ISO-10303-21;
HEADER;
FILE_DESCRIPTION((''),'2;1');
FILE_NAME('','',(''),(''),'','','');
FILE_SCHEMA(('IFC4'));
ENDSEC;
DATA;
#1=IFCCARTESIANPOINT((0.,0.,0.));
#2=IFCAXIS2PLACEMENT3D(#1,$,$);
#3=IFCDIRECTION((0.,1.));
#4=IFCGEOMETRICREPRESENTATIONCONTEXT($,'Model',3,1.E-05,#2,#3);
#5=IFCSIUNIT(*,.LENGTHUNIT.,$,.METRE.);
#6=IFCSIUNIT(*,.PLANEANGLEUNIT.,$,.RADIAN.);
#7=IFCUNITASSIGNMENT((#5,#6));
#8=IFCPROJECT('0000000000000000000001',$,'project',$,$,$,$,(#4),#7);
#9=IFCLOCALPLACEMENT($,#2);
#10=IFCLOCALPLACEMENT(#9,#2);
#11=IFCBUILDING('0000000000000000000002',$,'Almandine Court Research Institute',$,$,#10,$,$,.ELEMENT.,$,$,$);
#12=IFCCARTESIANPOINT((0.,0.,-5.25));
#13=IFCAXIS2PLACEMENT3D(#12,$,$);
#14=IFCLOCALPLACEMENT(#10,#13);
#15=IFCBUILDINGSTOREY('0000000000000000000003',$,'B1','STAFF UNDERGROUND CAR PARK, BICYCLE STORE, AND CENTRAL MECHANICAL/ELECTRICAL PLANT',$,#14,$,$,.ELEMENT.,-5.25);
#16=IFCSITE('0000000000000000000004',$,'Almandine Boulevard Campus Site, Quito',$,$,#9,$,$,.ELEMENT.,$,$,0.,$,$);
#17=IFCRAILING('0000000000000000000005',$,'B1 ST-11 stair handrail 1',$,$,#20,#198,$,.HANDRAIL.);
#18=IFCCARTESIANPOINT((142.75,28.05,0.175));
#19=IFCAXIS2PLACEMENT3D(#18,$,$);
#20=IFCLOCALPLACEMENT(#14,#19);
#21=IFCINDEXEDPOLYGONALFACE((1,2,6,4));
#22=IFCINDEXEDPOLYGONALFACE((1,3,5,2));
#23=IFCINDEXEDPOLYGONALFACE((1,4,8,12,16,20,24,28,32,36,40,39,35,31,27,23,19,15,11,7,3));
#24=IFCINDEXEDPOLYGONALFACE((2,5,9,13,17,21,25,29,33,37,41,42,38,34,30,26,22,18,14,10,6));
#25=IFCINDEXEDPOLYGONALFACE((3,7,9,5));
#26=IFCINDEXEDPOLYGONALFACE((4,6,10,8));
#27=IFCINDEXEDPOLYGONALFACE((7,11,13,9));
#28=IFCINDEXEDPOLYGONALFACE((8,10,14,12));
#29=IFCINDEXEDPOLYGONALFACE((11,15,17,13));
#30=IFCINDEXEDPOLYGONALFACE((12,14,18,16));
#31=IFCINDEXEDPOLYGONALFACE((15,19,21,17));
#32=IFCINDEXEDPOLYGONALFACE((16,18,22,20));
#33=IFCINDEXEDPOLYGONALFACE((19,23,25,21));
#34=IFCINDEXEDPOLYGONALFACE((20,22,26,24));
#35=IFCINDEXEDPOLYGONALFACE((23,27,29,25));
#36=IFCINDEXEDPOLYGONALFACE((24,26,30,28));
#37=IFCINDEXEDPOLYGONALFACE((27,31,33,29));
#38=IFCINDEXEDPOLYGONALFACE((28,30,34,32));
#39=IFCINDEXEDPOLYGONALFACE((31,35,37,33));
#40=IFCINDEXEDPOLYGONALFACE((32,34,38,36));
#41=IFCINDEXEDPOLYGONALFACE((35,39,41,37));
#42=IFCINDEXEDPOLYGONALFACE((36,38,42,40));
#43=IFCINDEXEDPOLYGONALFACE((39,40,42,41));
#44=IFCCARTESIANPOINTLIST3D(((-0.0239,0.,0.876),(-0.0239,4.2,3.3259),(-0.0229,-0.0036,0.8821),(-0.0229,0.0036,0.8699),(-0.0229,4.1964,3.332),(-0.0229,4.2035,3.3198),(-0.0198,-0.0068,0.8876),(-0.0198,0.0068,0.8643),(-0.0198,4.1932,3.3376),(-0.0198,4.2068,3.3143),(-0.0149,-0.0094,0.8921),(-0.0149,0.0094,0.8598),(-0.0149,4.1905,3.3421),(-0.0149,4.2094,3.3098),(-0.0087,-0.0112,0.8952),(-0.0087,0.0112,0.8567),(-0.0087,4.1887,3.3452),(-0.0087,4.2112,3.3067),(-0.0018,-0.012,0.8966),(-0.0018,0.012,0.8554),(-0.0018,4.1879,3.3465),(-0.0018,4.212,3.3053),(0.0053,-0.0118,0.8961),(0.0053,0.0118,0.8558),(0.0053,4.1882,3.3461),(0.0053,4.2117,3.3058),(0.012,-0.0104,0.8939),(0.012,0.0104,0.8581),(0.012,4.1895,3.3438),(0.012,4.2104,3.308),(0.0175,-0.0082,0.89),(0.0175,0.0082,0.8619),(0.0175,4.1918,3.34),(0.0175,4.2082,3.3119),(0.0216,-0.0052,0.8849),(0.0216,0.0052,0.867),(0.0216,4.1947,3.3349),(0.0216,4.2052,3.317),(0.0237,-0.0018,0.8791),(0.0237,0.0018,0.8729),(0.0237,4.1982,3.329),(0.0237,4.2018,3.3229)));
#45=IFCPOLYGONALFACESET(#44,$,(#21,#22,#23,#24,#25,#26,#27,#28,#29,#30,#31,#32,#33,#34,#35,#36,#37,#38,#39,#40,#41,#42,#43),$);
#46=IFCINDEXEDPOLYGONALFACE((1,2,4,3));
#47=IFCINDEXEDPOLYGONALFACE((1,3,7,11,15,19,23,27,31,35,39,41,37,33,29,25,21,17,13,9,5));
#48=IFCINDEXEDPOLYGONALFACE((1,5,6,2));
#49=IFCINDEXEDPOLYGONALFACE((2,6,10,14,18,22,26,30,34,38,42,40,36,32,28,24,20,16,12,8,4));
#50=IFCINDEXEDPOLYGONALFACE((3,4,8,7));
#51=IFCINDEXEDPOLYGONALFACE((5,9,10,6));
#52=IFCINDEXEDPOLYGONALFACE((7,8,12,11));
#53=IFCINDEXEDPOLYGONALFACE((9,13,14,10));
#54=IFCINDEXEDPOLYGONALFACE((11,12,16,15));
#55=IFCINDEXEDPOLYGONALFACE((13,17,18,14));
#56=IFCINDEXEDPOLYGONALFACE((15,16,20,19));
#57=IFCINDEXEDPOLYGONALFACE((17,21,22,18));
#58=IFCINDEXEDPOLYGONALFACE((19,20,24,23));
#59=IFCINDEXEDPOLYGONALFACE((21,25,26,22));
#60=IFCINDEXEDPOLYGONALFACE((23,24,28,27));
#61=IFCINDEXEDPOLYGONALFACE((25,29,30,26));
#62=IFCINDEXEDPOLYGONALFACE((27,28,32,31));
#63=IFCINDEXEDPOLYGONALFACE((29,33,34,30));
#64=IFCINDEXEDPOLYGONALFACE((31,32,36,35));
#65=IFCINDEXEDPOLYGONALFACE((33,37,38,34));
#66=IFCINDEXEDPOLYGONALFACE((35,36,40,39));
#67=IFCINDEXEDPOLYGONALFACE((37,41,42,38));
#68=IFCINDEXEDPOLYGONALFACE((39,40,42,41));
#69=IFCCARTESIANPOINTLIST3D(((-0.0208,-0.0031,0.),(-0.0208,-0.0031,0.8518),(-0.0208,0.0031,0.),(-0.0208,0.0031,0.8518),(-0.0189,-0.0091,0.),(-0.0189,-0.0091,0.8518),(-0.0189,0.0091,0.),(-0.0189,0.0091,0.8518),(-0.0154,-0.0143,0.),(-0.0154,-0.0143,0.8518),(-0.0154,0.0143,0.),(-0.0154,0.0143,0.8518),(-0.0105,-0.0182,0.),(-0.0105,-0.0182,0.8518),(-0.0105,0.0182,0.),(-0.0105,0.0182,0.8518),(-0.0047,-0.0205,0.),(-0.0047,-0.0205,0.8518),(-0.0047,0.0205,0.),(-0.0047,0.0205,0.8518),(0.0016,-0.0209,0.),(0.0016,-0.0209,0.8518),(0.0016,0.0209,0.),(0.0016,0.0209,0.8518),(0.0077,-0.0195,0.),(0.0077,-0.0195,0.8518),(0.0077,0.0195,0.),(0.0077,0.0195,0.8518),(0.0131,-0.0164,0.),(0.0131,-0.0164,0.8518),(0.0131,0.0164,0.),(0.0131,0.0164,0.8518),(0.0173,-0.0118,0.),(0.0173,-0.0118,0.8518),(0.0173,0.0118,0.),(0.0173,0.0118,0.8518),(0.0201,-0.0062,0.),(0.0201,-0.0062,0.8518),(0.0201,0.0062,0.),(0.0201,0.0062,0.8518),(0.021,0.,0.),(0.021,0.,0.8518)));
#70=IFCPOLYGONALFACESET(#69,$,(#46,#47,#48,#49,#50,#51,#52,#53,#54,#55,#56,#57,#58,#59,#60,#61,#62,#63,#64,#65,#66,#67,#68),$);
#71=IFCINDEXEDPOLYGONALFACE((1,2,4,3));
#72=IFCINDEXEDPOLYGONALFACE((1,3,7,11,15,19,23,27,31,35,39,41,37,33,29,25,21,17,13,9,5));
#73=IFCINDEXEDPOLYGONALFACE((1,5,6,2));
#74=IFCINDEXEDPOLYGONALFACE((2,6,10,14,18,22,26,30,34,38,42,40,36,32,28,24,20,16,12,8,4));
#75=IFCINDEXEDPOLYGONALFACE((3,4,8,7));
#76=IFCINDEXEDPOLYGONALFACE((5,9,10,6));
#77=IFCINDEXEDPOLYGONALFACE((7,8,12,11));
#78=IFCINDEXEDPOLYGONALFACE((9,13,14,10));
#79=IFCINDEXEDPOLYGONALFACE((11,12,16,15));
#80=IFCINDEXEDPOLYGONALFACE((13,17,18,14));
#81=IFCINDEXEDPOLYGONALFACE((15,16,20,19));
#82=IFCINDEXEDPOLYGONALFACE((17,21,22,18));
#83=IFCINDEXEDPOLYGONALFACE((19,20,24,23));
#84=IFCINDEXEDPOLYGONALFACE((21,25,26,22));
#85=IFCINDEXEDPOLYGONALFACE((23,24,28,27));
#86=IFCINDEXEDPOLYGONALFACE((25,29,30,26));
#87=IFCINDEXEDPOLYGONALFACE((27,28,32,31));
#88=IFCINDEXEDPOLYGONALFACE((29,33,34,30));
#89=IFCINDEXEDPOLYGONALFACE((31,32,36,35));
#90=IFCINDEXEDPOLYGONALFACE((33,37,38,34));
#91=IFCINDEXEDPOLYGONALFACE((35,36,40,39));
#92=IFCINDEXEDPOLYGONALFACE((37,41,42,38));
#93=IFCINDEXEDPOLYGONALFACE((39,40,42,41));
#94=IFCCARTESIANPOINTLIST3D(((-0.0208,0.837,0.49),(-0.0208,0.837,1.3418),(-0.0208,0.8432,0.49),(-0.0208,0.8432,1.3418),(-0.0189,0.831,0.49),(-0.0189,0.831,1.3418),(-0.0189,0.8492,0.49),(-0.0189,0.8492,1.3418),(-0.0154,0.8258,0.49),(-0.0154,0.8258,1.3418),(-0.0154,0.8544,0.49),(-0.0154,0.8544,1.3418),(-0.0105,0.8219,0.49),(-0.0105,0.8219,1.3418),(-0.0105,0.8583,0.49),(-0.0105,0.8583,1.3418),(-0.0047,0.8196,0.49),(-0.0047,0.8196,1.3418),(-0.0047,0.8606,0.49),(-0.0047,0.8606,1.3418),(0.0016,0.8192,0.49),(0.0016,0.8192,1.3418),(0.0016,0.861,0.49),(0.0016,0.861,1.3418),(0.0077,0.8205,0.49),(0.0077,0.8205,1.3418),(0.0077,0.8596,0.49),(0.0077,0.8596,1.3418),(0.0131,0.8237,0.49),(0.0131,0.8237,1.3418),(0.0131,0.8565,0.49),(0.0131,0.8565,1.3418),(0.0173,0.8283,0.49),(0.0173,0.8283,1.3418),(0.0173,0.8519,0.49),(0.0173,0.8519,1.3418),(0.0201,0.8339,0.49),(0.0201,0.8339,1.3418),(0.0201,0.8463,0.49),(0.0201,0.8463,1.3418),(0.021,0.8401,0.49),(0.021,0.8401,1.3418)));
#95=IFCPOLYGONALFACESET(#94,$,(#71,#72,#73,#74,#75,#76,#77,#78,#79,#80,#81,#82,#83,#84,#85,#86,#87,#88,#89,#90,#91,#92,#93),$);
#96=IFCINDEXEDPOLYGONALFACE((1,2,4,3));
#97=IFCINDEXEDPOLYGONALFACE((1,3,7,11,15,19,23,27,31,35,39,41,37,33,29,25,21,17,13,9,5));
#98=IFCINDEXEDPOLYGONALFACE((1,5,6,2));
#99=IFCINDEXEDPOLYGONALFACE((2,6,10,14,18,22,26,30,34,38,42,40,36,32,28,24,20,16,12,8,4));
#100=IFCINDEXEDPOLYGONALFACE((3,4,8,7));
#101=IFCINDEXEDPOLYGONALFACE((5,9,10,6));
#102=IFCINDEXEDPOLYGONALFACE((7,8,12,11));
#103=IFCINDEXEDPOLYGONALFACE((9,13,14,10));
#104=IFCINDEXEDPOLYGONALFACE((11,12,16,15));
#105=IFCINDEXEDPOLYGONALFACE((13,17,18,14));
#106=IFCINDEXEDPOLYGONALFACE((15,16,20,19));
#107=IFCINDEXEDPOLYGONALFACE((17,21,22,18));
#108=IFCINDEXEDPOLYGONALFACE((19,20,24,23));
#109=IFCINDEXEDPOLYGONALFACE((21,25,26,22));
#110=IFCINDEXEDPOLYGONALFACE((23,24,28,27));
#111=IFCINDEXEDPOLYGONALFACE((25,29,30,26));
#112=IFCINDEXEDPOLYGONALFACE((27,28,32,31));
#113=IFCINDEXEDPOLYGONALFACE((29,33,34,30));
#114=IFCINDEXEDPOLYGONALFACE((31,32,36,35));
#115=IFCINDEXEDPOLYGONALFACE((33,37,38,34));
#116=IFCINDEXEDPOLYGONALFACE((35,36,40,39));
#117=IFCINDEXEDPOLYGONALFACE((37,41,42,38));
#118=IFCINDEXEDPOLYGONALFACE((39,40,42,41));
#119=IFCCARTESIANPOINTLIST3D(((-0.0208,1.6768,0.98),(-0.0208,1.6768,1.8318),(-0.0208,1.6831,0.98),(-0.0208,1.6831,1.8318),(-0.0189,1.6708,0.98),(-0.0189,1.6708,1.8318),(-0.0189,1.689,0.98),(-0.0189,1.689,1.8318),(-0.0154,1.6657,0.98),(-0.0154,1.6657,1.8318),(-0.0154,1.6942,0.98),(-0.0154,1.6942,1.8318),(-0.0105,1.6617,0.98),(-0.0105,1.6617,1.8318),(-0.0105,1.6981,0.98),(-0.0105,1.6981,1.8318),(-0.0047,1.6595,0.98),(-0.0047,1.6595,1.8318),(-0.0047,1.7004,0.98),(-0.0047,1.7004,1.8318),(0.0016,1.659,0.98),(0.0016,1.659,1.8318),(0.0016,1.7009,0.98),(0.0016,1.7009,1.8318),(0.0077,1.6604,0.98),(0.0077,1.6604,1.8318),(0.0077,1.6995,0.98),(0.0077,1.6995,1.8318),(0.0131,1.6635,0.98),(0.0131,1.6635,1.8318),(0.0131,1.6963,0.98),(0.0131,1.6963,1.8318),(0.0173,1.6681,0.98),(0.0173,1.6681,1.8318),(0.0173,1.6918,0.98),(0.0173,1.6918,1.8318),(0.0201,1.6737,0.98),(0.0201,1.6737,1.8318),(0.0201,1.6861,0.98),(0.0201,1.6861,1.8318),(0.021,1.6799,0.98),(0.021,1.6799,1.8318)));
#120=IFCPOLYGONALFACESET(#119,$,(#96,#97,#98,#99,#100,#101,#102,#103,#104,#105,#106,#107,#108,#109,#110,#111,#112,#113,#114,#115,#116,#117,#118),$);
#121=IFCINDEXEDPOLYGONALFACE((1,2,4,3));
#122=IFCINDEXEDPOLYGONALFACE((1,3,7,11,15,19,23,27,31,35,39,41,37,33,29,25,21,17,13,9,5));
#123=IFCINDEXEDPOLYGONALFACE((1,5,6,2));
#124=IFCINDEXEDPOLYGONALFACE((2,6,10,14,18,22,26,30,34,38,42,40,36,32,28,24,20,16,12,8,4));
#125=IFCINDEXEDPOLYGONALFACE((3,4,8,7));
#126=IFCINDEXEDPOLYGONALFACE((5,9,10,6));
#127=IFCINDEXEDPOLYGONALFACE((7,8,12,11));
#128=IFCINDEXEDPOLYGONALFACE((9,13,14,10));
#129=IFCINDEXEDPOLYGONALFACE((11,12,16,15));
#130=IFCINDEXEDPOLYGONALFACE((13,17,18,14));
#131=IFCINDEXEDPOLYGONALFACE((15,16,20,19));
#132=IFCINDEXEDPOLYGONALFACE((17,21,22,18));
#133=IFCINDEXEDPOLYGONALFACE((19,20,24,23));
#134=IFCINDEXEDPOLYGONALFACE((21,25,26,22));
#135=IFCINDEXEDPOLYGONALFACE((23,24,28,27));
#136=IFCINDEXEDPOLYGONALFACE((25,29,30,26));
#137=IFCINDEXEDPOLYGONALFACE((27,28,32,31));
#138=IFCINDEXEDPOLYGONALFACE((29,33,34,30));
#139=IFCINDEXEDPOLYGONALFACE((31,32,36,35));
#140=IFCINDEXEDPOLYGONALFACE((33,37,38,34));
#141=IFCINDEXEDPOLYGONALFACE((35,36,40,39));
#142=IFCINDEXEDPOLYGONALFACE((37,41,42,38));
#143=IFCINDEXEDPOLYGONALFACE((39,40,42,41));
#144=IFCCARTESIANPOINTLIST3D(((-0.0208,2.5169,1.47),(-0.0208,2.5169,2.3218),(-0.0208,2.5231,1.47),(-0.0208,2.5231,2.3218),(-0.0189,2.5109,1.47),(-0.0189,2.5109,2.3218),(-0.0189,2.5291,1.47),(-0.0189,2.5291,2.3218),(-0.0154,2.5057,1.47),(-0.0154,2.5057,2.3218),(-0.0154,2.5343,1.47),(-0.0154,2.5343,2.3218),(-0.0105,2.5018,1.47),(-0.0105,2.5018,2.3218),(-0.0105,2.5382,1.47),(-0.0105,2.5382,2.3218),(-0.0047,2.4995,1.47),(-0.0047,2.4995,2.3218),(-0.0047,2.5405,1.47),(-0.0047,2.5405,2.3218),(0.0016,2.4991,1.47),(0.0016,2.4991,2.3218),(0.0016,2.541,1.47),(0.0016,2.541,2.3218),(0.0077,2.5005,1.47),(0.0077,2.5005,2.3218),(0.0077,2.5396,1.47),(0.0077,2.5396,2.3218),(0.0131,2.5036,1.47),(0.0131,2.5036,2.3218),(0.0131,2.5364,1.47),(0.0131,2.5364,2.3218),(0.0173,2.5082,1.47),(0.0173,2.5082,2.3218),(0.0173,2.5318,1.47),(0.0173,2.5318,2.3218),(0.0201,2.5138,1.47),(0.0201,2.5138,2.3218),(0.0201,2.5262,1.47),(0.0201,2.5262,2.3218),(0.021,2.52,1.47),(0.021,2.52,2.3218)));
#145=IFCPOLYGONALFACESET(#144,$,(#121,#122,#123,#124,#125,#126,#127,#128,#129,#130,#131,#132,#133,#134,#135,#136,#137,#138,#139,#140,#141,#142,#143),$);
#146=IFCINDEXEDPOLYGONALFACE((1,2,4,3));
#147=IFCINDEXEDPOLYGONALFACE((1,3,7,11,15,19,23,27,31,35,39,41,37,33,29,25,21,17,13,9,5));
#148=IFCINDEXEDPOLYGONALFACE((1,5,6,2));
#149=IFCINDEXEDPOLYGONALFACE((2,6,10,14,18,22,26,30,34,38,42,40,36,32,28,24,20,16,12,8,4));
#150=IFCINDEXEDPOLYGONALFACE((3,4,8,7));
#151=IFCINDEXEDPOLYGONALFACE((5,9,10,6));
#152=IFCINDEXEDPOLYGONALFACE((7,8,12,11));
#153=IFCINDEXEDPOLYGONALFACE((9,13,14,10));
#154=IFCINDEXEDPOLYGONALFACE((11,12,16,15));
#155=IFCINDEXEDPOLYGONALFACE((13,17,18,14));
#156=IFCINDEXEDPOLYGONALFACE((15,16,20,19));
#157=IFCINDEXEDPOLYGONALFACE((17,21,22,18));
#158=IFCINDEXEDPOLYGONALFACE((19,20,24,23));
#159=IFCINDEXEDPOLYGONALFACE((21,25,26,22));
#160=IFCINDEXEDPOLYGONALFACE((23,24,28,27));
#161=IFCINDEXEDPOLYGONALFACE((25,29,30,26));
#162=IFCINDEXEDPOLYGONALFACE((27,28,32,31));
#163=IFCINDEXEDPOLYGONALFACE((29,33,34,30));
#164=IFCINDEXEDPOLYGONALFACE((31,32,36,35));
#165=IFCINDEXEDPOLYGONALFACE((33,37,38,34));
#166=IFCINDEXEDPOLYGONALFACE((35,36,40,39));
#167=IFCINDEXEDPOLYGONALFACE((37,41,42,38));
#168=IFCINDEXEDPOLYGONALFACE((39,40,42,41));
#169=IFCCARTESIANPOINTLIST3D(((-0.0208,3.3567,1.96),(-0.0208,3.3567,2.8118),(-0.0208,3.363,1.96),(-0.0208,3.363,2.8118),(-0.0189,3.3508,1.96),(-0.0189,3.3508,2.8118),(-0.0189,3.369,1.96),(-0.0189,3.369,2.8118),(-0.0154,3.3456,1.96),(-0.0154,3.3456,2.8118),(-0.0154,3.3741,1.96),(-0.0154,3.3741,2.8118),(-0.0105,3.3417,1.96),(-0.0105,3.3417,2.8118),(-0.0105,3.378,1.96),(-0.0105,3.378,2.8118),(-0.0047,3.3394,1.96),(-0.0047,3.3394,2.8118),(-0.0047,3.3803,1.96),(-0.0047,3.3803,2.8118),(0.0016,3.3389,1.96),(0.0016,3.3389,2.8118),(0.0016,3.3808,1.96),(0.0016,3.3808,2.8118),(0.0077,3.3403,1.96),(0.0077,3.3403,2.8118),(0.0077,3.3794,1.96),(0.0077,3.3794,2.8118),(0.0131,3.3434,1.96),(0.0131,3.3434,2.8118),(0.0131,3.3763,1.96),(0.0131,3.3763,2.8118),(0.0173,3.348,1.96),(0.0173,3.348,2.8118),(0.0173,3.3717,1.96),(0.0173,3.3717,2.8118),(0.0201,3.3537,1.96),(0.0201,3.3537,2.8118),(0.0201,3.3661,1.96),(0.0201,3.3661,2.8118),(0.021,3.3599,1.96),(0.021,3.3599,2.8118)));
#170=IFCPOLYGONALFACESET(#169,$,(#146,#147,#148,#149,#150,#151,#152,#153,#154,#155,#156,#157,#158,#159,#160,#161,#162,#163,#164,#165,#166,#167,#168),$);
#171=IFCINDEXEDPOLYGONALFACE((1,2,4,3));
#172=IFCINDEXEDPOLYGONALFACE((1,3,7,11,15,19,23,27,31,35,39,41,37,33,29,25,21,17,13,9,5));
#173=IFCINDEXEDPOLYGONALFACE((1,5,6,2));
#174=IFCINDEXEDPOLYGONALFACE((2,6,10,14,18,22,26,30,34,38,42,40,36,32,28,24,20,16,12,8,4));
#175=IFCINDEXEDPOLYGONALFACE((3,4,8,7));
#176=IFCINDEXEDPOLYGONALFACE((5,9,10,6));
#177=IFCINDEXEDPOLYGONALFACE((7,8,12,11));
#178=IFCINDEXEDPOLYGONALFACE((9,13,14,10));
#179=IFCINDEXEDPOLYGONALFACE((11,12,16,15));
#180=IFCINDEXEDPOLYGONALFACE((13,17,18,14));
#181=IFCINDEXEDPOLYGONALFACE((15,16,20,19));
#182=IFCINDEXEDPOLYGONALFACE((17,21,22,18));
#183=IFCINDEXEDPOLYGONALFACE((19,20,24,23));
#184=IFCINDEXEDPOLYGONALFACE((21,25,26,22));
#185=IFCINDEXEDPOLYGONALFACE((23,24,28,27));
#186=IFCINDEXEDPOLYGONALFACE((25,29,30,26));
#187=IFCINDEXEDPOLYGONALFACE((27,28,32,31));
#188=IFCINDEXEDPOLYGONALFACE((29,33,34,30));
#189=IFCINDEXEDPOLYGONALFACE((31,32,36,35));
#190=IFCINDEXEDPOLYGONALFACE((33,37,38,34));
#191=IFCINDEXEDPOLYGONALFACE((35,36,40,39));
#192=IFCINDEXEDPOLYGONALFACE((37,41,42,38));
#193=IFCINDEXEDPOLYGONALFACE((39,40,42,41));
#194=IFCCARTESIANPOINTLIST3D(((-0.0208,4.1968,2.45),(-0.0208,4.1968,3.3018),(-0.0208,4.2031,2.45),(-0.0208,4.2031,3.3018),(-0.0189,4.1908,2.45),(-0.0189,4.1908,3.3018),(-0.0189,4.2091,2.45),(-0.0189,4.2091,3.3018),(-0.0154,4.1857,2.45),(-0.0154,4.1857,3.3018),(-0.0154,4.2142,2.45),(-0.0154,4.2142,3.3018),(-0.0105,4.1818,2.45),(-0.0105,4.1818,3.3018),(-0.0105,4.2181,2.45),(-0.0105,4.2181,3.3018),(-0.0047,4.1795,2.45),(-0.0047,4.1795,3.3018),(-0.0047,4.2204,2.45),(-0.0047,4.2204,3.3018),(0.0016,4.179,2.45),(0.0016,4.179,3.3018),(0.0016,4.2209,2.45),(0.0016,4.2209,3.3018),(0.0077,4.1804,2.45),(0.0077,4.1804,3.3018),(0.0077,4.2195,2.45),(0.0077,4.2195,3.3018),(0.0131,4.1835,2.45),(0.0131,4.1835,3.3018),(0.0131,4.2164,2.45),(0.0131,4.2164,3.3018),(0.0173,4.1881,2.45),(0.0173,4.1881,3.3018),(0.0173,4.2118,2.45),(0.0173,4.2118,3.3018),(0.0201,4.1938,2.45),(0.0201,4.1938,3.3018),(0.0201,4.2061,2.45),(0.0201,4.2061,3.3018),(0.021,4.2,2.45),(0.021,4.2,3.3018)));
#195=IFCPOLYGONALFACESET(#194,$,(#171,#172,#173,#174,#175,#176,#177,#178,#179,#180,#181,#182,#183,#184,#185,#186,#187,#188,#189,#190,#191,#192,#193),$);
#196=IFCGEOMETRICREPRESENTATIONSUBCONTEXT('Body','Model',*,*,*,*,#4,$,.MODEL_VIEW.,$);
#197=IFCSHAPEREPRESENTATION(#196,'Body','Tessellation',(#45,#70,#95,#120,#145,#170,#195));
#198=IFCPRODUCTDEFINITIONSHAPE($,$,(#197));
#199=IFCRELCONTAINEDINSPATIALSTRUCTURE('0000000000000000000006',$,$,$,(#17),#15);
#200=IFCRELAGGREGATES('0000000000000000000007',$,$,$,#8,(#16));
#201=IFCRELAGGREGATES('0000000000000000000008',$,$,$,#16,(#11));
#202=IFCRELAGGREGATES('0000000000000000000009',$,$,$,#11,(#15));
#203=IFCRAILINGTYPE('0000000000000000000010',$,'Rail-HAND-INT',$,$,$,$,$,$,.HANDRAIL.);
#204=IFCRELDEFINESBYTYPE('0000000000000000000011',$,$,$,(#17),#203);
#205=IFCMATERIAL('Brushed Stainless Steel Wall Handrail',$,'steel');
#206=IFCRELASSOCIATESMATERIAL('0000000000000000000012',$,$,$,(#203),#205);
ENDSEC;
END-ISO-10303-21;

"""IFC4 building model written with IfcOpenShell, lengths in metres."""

from ifc_helpers import new_model, si_unit, direction, frame, origin, origin_2d, place, context, subcontext, project, spatial, circle, extrude, material, type_object, element, save


model = new_model("IFC4")

# Units and contexts
model_context = context("Model", 3, precision=1e-05, world=origin(), true_north=direction((0.0, 1.0)))
body_context = subcontext(model_context, "Body", "Model", "MODEL_VIEW")
ifc_project = project(units=[si_unit("LENGTHUNIT", "METRE"), si_unit("PLANEANGLEUNIT", "RADIAN")], contexts=[model_context])

# Site, building, storey
site_placement = place(None, origin())
site = spatial("IfcSite", under=ifc_project, at=site_placement, Name="Almandine Boulevard Campus Site, Quito", CompositionType="ELEMENT", RefElevation=0.0)
building_placement = place(site_placement, origin())
building = spatial("IfcBuilding", under=site, at=building_placement, Name="Almandine Court Research Institute", CompositionType="ELEMENT")
storey_placement = place(building_placement, frame((0.0, 0.0, -5.25)))
storey = spatial("IfcBuildingStorey", under=building, at=storey_placement, Name="B1", Description="STAFF UNDERGROUND CAR PARK, BICYCLE STORE, AND CENTRAL MECHANICAL/ELECTRICAL PLANT", CompositionType="ELEMENT", Elevation=-5.25)

# Railing
ifc_material_1 = material(Name="Brushed Stainless Steel Wall Handrail", Category="steel")
railing_type_1 = type_object("IfcRailingType", Name="Rail-HAND-INT", PredefinedType="HANDRAIL", material=ifc_material_1)
railing_1_placement = place(storey_placement, frame((142.75, 28.05, 0.175)))
element("IfcRailing", 1, at=railing_1_placement, inside=storey, type_object=railing_type_1, Name="B1 ST-11 stair handrail 1", PredefinedType="HANDRAIL", context=body_context, shape_type="SweptSolid", body=[
    extrude(circle(Radius=0.0239, at=origin_2d()), frame((0.0, 0.0, 0.876), z_axis=(0.0, 0.863781, 0.503868), x_axis=(-1.0, 0.0, 0.0)), (0.0, 0.0, 1.0), 4.8623),
    extrude(circle(Radius=0.021, at=origin_2d()), origin(), (0.0, 0.0, 1.0), 0.8518),
    extrude(circle(Radius=0.021, at=origin_2d()), frame((0.0, 0.8401, 0.49)), (0.0, 0.0, 1.0), 0.8518),
    extrude(circle(Radius=0.021, at=origin_2d()), frame((0.0, 1.6799, 0.98)), (0.0, 0.0, 1.0), 0.8518),
    extrude(circle(Radius=0.021, at=origin_2d()), frame((0.0, 2.52, 1.47)), (0.0, 0.0, 1.0), 0.8518),
    extrude(circle(Radius=0.021, at=origin_2d()), frame((0.0, 3.3599, 1.96)), (0.0, 0.0, 1.0), 0.8518),
    extrude(circle(Radius=0.021, at=origin_2d()), frame((0.0, 4.2, 2.45)), (0.0, 0.0, 1.0), 0.8518),
])

save(model, "model.ifc")
